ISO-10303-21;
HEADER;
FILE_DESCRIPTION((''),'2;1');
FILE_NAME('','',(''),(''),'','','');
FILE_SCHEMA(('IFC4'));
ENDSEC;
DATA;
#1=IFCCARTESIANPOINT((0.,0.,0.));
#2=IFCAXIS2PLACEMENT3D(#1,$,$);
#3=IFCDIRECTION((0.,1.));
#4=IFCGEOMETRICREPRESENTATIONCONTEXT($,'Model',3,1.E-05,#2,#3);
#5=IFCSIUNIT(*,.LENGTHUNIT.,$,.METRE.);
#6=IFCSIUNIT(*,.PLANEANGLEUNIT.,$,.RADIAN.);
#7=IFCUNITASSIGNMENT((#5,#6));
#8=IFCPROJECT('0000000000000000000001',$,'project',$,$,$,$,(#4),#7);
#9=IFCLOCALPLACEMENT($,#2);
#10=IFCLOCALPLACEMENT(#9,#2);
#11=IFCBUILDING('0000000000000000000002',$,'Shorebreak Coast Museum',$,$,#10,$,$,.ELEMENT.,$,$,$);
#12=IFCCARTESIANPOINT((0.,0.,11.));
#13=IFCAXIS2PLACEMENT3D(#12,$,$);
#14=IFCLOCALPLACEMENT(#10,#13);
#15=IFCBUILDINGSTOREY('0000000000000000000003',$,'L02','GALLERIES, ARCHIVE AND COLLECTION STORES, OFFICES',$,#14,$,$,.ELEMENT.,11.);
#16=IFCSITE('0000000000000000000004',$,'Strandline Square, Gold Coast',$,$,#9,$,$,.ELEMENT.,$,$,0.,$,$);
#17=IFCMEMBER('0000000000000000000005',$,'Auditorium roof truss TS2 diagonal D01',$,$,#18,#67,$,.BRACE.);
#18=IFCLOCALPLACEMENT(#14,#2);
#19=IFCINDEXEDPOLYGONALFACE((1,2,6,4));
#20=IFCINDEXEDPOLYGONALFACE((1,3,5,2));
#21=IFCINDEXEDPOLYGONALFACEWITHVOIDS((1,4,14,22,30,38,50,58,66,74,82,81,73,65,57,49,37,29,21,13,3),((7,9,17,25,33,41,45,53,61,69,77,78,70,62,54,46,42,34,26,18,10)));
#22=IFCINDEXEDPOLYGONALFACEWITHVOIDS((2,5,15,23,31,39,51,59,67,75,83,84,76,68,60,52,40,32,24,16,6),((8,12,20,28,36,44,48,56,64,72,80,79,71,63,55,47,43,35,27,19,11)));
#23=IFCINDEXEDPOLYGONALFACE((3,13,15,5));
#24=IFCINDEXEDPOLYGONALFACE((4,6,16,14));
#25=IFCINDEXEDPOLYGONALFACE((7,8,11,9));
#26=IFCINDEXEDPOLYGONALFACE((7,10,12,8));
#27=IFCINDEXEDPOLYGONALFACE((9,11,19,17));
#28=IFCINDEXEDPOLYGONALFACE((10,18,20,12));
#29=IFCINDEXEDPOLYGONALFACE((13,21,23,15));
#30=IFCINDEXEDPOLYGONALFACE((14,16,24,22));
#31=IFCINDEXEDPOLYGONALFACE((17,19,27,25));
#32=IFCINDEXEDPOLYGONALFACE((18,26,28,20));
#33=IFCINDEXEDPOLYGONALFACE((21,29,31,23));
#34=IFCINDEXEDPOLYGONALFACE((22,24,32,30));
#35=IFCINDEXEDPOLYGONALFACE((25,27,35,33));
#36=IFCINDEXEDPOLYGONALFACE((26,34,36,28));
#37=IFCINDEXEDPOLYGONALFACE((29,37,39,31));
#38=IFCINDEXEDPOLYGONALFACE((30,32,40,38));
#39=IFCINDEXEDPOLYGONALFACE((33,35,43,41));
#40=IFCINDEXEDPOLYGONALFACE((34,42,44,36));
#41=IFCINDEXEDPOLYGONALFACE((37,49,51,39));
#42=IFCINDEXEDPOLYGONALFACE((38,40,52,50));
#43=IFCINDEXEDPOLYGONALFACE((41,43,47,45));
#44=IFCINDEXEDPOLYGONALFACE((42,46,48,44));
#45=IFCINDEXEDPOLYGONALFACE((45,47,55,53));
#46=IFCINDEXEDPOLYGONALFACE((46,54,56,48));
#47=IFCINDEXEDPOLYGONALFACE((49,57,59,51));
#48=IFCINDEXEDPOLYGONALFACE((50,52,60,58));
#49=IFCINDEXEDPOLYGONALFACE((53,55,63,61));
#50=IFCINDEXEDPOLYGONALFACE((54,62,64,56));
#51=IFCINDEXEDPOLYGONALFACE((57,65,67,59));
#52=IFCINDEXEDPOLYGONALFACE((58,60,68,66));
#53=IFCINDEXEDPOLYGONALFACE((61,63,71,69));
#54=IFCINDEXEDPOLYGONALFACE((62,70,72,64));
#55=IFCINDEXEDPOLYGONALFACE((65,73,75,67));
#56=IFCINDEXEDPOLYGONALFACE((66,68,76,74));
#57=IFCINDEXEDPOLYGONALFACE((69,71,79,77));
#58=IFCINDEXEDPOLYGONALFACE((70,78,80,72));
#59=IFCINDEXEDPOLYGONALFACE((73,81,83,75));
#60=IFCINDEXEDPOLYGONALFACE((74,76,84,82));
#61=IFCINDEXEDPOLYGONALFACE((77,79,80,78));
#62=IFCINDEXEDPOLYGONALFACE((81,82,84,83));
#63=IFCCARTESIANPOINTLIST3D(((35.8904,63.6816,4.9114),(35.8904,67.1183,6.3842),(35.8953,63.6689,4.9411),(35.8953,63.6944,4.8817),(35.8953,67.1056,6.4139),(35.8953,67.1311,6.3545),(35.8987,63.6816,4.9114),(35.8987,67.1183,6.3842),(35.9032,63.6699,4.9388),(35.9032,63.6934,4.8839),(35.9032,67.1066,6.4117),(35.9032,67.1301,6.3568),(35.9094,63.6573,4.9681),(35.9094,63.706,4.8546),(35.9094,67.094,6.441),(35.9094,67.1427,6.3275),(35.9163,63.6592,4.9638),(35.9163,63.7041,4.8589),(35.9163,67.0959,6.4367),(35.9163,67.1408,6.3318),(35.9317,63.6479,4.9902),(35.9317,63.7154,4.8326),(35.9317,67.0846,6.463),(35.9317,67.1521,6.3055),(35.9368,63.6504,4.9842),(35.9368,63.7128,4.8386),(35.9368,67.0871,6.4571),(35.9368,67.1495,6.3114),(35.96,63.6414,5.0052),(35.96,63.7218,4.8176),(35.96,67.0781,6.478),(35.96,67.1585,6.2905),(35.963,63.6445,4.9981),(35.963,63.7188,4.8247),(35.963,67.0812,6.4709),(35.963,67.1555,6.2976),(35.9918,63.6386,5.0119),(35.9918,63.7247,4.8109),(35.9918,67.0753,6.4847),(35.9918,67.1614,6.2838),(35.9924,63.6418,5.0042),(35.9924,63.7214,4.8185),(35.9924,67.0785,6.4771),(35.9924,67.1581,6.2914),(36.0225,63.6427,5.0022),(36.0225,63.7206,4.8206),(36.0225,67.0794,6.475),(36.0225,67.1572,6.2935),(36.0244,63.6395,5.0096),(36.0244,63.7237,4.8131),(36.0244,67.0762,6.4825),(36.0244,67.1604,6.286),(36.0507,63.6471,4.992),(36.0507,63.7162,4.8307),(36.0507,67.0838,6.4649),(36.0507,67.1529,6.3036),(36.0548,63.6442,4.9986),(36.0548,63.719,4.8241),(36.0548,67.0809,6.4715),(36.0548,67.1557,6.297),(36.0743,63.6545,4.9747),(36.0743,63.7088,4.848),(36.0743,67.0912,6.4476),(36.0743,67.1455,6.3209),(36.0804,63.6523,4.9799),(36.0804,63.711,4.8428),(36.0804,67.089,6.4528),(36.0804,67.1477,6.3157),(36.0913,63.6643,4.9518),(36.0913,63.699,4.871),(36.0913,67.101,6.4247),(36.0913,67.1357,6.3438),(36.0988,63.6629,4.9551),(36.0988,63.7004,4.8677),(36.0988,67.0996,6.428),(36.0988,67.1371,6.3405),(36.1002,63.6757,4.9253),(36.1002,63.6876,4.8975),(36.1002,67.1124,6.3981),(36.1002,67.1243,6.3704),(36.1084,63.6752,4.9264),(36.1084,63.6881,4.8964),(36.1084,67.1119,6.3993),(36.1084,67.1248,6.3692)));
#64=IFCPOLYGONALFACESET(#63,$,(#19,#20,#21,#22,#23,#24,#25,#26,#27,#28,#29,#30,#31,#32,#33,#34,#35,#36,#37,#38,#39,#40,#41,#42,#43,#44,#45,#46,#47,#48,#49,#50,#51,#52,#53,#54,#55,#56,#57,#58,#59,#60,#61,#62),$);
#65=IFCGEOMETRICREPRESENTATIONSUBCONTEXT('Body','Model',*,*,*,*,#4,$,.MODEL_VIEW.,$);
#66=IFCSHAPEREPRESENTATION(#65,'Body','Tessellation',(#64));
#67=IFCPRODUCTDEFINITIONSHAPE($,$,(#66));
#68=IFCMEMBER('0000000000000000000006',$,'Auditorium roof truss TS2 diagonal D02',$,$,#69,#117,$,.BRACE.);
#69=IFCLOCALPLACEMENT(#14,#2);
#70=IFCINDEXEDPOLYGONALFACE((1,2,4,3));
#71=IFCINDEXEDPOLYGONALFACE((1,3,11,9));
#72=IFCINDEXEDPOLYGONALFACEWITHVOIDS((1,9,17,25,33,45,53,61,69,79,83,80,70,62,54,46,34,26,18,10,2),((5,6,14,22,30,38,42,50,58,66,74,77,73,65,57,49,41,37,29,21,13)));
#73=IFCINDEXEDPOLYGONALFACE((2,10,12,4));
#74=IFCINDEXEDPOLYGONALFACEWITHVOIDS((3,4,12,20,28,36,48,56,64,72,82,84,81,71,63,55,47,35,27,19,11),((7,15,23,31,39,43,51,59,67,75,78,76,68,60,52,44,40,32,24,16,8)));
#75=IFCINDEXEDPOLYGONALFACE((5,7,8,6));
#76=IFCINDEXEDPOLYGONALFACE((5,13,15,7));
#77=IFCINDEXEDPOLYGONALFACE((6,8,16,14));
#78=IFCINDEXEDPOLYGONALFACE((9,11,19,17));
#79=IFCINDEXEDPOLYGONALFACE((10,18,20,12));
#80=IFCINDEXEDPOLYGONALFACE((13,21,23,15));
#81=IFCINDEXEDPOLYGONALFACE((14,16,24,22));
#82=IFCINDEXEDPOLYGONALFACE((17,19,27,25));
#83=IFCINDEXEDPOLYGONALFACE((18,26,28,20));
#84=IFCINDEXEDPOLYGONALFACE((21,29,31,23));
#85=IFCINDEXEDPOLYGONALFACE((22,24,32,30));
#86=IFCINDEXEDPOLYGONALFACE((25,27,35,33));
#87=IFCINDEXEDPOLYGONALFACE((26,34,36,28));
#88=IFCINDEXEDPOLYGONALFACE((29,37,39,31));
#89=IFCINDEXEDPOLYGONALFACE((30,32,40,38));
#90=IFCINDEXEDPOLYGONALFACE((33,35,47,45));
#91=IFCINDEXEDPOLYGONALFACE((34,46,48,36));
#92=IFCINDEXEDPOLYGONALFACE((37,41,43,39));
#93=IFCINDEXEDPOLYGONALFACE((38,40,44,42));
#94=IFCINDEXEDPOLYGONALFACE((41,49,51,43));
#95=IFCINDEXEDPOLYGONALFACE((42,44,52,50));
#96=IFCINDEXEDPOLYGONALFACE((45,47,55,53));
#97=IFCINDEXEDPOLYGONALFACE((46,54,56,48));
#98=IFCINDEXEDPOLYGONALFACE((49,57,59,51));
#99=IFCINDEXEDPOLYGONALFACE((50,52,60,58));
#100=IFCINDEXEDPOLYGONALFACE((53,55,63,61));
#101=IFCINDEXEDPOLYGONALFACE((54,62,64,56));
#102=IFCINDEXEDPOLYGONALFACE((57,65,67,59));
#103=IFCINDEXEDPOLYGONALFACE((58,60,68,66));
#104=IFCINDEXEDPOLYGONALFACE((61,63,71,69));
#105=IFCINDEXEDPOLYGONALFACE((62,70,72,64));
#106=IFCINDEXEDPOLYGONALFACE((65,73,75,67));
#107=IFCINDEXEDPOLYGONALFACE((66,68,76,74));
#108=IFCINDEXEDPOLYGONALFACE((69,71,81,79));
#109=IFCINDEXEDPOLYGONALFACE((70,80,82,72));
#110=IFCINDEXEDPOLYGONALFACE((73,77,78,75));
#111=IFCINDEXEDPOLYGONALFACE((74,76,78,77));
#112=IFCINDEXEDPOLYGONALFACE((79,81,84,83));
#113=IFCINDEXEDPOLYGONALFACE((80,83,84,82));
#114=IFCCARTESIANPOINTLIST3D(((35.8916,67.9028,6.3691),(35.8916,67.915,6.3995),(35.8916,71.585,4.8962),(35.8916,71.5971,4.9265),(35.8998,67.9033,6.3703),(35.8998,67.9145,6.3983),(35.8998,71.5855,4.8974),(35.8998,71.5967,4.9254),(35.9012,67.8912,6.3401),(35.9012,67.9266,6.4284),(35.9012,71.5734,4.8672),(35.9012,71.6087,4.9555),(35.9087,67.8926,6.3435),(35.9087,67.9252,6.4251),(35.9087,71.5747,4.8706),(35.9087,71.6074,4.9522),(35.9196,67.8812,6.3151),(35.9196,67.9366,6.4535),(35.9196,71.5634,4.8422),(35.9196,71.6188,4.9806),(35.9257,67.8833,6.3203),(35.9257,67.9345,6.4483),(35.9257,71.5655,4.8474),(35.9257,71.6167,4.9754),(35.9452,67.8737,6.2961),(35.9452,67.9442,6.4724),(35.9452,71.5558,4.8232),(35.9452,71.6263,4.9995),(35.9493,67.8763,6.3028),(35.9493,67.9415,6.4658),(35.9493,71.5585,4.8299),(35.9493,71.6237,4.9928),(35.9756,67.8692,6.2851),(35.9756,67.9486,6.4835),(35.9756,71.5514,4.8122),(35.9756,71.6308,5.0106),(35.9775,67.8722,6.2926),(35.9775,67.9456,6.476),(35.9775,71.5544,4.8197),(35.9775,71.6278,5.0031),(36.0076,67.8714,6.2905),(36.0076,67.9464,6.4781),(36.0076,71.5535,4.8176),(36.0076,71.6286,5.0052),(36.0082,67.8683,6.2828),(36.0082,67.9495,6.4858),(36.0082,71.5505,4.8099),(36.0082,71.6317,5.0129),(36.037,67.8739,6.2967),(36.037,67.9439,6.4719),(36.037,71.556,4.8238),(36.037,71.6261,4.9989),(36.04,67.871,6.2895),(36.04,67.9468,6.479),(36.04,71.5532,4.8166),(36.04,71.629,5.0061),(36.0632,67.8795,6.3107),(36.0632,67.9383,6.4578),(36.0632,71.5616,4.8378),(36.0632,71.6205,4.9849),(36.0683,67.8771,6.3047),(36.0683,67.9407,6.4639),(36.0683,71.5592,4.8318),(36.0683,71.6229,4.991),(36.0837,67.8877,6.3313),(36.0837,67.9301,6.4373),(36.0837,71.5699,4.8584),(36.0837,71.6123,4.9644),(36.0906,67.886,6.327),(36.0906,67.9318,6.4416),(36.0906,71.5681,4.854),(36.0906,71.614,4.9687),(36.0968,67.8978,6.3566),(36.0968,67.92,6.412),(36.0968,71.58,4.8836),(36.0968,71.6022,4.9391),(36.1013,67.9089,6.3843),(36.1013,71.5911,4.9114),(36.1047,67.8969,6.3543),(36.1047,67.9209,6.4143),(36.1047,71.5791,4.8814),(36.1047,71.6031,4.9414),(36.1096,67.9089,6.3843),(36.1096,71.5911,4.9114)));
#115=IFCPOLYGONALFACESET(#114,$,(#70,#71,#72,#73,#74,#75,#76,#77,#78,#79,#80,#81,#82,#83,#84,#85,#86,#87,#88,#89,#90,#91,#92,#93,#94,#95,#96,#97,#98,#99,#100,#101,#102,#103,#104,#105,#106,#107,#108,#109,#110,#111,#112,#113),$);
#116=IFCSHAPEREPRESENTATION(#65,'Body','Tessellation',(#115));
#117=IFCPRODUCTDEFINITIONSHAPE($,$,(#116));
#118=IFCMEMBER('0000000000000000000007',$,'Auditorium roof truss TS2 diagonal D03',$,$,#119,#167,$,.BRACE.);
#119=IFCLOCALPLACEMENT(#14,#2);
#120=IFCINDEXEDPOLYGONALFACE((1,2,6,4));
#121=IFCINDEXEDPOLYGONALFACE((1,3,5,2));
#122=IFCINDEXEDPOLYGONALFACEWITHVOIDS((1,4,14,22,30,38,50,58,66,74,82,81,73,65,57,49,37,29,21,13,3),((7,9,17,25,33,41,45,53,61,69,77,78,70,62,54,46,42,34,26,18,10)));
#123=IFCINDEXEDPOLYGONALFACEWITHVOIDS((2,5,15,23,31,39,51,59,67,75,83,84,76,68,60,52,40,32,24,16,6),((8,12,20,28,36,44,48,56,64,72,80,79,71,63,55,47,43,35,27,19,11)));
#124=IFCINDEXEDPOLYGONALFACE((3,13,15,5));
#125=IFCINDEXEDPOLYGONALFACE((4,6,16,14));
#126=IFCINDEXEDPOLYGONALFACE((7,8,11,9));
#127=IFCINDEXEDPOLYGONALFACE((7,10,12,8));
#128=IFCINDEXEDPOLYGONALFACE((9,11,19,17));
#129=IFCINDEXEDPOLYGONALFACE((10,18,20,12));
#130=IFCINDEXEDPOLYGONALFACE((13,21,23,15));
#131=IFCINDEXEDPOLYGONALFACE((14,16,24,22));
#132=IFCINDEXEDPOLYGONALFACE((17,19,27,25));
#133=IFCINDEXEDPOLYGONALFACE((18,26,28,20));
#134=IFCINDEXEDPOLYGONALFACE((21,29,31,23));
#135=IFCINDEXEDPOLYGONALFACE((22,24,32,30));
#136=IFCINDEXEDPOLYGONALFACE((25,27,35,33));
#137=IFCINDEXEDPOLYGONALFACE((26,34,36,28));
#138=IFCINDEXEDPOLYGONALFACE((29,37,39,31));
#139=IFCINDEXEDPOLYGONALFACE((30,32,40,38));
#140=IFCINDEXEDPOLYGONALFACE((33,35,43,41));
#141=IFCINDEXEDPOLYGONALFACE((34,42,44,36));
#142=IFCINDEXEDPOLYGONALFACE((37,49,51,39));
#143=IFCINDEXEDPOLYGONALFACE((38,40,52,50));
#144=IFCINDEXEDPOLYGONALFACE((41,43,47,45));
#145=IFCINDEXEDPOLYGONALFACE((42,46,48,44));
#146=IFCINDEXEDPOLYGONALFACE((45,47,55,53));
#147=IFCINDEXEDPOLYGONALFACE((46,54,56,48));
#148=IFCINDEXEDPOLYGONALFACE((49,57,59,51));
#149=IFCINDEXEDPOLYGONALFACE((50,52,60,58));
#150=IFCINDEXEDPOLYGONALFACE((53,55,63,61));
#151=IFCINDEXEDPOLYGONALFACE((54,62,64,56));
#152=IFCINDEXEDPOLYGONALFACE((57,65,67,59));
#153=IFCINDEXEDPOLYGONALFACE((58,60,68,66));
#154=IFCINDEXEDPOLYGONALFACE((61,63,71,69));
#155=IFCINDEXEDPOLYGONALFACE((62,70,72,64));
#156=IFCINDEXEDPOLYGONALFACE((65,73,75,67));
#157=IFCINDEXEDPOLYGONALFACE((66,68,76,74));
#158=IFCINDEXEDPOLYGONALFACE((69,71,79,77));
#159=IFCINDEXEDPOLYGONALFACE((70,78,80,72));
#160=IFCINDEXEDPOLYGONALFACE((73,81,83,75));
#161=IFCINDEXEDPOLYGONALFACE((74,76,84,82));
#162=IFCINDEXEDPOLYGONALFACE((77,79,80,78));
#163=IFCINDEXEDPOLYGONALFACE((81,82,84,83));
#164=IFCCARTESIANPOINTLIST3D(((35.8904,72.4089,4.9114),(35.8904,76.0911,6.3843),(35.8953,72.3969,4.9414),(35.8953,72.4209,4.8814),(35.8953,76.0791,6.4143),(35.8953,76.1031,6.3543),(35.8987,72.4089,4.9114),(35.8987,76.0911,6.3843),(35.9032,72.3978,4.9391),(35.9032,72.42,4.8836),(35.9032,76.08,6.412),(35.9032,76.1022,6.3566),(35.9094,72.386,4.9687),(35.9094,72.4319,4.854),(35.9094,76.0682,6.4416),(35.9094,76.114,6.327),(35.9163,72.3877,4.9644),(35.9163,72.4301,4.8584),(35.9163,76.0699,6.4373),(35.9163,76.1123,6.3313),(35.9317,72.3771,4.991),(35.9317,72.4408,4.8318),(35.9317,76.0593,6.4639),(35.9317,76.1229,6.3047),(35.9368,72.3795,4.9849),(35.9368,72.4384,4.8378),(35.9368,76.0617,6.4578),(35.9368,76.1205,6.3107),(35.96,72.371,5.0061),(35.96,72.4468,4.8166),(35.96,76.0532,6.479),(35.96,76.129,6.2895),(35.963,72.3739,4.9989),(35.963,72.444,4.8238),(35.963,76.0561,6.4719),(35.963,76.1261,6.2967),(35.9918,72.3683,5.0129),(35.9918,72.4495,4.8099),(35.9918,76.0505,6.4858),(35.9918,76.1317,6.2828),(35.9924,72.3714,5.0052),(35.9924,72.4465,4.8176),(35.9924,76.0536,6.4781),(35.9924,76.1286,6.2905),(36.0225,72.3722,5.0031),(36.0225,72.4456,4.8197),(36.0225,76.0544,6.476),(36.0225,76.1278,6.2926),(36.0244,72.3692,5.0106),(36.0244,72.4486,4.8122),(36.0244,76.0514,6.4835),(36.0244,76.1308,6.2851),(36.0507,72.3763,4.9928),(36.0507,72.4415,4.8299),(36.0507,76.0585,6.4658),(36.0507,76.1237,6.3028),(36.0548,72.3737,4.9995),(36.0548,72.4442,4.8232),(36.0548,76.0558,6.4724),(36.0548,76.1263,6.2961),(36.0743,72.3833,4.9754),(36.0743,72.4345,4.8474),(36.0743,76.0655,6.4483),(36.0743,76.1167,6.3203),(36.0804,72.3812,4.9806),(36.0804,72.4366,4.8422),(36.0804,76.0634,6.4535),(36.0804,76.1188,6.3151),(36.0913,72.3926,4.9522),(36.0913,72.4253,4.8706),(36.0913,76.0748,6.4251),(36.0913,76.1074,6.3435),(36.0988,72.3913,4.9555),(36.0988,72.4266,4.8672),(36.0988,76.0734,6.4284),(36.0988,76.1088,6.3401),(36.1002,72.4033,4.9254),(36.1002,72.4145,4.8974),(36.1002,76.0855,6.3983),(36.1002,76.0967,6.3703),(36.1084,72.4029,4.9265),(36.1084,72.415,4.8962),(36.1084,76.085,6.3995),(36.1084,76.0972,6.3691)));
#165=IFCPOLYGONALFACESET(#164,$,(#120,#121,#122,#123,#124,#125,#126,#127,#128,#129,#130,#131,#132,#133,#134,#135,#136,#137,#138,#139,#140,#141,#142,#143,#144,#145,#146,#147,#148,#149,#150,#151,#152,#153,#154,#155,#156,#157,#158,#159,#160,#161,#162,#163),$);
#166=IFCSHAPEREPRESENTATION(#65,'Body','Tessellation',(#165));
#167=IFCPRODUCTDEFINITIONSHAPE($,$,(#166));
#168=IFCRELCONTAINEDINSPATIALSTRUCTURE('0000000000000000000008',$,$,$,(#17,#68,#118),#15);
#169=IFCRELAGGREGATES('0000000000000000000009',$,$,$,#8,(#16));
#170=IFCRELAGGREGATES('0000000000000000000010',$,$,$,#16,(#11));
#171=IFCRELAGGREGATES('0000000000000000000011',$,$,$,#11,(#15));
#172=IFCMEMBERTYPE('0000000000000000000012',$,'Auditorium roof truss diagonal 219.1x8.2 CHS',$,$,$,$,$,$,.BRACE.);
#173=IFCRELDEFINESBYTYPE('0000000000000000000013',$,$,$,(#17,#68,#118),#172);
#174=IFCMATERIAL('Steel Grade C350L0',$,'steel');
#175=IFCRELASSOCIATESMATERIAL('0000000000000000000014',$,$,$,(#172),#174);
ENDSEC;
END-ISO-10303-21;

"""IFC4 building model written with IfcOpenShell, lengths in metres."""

from ifc_helpers import new_model, si_unit, direction, frame, origin, origin_2d, place, context, subcontext, project, spatial, hollow_circle, extrude, material, material_profile, profile_set, type_object, element, save


model = new_model("IFC4")

# Units and contexts
model_context = context("Model", 3, precision=1e-05, world=origin(), true_north=direction((0.0, 1.0)))
body_context = subcontext(model_context, "Body", "Model", "MODEL_VIEW")
ifc_project = project(units=[si_unit("LENGTHUNIT", "METRE"), si_unit("PLANEANGLEUNIT", "RADIAN")], contexts=[model_context])

# Site, building, storey
site_placement = place(None, origin())
site = spatial("IfcSite", under=ifc_project, at=site_placement, Name="Strandline Square, Gold Coast", CompositionType="ELEMENT", RefElevation=0.0)
building_placement = place(site_placement, origin())
building = spatial("IfcBuilding", under=site, at=building_placement, Name="Shorebreak Coast Museum", CompositionType="ELEMENT")
storey_placement = place(building_placement, frame((0.0, 0.0, 11.0)))
storey = spatial("IfcBuildingStorey", under=building, at=storey_placement, Name="L02", Description="GALLERIES, ARCHIVE AND COLLECTION STORES, OFFICES", CompositionType="ELEMENT", Elevation=11.0)

# Members
ifc_material_1 = material(Name="Steel Grade C350L0", Category="steel")
ifc_material_profile_1 = material_profile(ifc_material_1, hollow_circle(Radius=0.1096, WallThickness=0.0083, at=origin_2d()), Name="219.1x8.2 CHS")
ifc_profile_set_1 = profile_set([ifc_material_profile_1], Name="Steel Grade C350L0")
member_type_1 = type_object("IfcMemberType", Name="Auditorium roof truss diagonal 219.1x8.2 CHS", PredefinedType="BRACE", material=ifc_profile_set_1)
for number, where, z_axis, x_axis, name in (
    (1, (36.0, 63.6816, 4.9114), (0.0, 0.919145, 0.393919), (-1.0, 0.0, 0.0), "Auditorium roof truss TS2 diagonal D01"),
):
    element("IfcMember", number, at=place(storey_placement, frame(where, z_axis=z_axis, x_axis=x_axis)), inside=storey, type_object=member_type_1, Name=name, PredefinedType="BRACE", context=body_context, shape_type="SweptSolid", body=[
        extrude(hollow_circle(Radius=0.1096, WallThickness=0.0083, at=origin_2d()), origin(), (0.0, 0.0, 1.0), 3.739),
    ])
for number, where, z_axis, x_axis, name in (
    (2, (36.0, 71.5911, 4.9114), (0.0, -0.928472, 0.371401), (1.0, 0.0, 0.0), "Auditorium roof truss TS2 diagonal D02"),
    (3, (36.0, 72.4089, 4.9114), (0.0, 0.928472, 0.371401), (-1.0, 0.0, 0.0), "Auditorium roof truss TS2 diagonal D03"),
):
    element("IfcMember", number, at=place(storey_placement, frame(where, z_axis=z_axis, x_axis=x_axis)), inside=storey, type_object=member_type_1, Name=name, PredefinedType="BRACE", context=body_context, shape_type="SweptSolid", body=[
        extrude(hollow_circle(Radius=0.1096, WallThickness=0.0083, at=origin_2d()), origin(), (0.0, 0.0, 1.0), 3.9658),
    ])

save(model, "model.ifc")
